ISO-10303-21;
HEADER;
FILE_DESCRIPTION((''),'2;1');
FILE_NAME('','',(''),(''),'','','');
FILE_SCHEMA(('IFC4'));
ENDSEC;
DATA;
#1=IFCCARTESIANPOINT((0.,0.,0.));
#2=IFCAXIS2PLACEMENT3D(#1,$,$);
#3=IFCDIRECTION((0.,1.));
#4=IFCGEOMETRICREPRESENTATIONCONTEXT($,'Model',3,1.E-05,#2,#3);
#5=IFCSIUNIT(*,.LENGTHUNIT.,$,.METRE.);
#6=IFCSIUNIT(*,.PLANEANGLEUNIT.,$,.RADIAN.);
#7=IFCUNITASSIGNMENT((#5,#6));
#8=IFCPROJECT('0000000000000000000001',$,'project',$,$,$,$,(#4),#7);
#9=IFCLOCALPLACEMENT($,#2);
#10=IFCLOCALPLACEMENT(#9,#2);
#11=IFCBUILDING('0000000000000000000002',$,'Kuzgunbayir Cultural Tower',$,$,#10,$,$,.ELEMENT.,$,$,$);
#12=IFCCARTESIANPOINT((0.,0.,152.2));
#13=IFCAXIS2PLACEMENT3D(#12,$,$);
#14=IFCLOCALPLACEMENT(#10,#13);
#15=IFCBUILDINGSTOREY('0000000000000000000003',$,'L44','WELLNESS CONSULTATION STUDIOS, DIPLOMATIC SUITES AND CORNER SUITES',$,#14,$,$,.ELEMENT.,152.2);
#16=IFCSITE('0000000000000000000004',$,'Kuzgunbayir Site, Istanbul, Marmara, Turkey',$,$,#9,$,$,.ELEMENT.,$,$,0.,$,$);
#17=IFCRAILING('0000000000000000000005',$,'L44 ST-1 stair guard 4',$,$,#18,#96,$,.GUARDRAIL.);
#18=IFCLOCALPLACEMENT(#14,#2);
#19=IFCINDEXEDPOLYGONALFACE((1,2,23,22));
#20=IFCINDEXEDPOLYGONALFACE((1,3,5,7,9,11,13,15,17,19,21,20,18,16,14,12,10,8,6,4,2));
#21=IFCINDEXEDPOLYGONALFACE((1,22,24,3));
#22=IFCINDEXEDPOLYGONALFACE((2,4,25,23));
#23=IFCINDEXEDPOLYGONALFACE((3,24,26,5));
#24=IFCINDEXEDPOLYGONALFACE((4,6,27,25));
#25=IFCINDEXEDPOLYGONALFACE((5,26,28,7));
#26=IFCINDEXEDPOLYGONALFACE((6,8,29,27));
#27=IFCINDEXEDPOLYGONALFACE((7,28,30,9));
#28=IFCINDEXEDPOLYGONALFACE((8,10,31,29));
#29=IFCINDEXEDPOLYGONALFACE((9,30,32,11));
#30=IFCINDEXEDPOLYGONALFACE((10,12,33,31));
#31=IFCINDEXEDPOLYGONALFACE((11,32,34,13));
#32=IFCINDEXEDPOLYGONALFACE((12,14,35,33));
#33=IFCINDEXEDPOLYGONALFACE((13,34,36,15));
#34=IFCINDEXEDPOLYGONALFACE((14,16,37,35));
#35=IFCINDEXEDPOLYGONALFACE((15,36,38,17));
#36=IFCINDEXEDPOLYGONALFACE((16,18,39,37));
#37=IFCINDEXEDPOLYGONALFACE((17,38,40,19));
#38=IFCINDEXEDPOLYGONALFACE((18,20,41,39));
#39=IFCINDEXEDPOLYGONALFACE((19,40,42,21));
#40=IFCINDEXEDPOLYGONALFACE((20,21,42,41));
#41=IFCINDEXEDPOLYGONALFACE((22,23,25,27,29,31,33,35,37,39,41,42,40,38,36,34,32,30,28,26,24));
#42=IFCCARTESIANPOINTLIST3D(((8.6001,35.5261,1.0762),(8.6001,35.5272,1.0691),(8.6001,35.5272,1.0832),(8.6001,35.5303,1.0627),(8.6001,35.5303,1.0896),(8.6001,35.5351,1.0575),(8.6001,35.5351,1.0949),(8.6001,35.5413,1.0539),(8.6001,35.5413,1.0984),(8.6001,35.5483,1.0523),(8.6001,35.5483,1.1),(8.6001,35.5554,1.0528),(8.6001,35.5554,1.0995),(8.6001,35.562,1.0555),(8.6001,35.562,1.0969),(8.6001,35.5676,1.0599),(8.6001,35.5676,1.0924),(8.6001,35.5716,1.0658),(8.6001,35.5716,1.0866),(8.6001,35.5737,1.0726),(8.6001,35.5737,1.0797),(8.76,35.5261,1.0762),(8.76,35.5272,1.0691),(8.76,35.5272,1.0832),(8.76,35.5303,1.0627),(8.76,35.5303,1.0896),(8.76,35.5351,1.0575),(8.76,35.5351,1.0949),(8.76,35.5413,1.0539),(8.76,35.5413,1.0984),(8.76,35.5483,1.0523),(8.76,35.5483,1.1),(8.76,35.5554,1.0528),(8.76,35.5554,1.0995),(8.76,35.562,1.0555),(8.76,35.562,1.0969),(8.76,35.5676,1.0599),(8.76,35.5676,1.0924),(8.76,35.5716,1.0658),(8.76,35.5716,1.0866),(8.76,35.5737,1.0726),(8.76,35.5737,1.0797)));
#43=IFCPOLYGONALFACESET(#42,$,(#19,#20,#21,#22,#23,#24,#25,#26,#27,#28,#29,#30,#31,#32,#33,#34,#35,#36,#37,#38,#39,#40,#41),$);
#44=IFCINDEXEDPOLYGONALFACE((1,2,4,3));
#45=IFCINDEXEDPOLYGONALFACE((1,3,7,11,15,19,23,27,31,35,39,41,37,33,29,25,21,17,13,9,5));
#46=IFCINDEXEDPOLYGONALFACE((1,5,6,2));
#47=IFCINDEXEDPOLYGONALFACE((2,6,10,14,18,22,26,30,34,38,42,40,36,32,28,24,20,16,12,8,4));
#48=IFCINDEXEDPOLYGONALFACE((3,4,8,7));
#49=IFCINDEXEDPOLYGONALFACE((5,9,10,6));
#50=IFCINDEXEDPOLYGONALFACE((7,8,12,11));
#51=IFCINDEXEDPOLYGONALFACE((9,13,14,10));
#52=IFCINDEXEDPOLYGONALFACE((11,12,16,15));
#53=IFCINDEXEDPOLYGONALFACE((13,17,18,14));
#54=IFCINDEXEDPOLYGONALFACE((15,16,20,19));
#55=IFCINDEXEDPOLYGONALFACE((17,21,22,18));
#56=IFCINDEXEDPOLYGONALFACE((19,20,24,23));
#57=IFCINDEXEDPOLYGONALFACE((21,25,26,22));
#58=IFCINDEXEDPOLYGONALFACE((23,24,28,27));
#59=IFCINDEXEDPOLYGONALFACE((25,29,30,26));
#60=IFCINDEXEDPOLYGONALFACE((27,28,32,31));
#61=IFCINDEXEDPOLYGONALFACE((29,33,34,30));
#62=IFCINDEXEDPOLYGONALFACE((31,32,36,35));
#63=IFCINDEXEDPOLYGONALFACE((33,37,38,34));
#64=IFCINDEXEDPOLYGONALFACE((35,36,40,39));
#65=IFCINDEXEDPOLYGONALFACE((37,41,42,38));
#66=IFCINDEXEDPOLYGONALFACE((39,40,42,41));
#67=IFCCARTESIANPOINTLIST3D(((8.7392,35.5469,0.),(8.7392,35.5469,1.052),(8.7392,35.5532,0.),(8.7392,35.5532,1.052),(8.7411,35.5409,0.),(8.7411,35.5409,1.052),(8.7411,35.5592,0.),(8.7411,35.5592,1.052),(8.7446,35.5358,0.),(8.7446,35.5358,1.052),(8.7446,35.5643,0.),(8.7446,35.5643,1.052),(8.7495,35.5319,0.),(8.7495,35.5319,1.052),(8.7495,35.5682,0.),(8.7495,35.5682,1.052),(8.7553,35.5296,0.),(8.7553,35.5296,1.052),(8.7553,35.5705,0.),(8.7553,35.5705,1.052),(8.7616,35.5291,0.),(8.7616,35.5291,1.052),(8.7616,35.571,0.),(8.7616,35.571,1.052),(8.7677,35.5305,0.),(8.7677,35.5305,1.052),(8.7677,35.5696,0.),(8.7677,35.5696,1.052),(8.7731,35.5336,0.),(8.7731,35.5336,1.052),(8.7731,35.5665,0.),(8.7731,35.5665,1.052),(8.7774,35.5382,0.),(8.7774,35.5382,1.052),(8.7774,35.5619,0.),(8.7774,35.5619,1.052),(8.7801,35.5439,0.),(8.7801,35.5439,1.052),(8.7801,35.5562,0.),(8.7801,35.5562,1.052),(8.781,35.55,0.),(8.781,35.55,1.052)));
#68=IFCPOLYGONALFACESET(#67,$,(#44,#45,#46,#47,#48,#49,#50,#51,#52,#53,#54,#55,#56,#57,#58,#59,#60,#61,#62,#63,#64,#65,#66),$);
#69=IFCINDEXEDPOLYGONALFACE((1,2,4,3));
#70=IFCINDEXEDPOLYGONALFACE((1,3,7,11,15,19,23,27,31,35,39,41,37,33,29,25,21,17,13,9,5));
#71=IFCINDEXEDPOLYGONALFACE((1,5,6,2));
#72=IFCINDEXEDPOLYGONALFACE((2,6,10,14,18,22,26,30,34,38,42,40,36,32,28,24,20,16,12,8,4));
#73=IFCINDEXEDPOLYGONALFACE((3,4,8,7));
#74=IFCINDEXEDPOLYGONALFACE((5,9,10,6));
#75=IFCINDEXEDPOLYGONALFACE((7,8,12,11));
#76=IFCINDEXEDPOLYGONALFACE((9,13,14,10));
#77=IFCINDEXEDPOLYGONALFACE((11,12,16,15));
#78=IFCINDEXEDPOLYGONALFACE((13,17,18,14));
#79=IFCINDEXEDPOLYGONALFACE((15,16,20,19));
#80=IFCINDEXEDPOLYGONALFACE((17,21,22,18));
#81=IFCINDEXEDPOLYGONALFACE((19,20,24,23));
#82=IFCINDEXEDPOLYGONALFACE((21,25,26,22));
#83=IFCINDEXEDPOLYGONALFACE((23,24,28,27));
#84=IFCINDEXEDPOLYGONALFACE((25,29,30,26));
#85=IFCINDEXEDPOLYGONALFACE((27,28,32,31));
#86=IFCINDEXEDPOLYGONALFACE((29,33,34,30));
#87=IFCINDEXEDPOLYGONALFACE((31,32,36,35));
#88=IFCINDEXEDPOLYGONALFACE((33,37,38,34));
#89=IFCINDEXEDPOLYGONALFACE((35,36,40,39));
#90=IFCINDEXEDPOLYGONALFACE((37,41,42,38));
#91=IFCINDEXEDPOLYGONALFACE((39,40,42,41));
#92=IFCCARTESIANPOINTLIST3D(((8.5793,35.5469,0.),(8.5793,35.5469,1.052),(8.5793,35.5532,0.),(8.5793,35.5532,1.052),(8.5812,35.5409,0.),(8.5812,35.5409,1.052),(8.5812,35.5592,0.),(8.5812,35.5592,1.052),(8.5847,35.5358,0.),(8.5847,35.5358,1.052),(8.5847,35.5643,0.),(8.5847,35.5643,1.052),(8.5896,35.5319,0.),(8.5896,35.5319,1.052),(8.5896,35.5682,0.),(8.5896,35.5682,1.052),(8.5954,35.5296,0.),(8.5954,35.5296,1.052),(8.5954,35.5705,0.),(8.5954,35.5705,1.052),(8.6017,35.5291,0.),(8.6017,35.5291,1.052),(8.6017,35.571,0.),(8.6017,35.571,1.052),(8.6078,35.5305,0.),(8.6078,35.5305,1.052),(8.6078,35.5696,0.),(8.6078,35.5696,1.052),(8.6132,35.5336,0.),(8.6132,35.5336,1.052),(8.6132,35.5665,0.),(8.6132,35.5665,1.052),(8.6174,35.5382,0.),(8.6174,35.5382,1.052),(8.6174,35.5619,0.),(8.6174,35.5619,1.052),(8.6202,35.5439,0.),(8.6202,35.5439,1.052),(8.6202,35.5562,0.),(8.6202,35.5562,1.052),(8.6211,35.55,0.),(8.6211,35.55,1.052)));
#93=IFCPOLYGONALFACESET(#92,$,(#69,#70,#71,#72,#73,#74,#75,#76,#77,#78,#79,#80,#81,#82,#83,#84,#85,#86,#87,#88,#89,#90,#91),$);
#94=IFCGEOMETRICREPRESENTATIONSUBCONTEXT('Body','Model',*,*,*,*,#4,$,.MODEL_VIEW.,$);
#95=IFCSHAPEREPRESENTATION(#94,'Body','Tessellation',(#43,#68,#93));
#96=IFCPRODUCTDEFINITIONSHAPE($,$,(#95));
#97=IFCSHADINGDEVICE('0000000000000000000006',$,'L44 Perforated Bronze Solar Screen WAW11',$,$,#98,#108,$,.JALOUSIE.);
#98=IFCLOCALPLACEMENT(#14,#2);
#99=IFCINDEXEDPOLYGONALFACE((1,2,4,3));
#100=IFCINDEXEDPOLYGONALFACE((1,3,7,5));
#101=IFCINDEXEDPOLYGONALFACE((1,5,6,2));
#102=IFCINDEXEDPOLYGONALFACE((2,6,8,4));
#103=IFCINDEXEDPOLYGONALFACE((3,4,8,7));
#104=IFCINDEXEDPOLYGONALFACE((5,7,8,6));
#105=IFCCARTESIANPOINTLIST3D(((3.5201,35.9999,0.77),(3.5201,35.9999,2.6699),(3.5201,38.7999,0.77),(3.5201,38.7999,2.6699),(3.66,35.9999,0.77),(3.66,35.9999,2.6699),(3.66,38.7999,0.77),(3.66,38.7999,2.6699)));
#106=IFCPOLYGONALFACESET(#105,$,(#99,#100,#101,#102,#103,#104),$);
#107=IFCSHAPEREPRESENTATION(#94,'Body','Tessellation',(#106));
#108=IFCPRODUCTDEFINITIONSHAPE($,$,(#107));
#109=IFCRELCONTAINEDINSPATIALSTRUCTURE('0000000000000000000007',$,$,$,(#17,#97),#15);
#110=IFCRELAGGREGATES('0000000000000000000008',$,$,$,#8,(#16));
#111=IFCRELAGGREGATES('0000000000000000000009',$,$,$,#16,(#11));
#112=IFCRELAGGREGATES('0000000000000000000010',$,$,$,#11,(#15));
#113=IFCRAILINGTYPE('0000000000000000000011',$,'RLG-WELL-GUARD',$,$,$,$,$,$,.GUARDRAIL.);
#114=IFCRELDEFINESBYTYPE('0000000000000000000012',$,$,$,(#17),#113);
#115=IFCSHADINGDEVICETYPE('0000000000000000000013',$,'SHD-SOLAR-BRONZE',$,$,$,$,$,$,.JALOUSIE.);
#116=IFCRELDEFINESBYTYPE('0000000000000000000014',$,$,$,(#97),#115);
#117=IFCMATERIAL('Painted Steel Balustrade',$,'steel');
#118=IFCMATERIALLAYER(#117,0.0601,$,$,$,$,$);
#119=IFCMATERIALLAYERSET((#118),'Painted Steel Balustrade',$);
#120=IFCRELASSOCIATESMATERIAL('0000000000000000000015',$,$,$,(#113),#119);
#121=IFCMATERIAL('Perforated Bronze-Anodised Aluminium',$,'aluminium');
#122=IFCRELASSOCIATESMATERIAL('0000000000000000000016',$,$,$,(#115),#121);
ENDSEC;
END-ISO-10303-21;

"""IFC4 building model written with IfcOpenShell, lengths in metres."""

from ifc_helpers import new_model, si_unit, direction, frame, origin, origin_2d, place, context, subcontext, project, spatial, rectangle, circle, extrude, material, layer, layer_set, type_object, element, save


model = new_model("IFC4")

# Units and contexts
model_context = context("Model", 3, precision=1e-05, world=origin(), true_north=direction((0.0, 1.0)))
body_context = subcontext(model_context, "Body", "Model", "MODEL_VIEW")
ifc_project = project(units=[si_unit("LENGTHUNIT", "METRE"), si_unit("PLANEANGLEUNIT", "RADIAN")], contexts=[model_context])

# Site, building, storey
site_placement = place(None, origin())
site = spatial("IfcSite", under=ifc_project, at=site_placement, Name="Kuzgunbayir Site, Istanbul, Marmara, Turkey", CompositionType="ELEMENT", RefElevation=0.0)
building_placement = place(site_placement, origin())
building = spatial("IfcBuilding", under=site, at=building_placement, Name="Kuzgunbayir Cultural Tower", CompositionType="ELEMENT")
storey_placement = place(building_placement, frame((0.0, 0.0, 152.2)))
storey = spatial("IfcBuildingStorey", under=building, at=storey_placement, Name="L44", Description="WELLNESS CONSULTATION STUDIOS, DIPLOMATIC SUITES AND CORNER SUITES", CompositionType="ELEMENT", Elevation=152.2)

# Railing
ifc_material_1 = material(Name="Painted Steel Balustrade", Category="steel")
ifc_layer_1 = layer(ifc_material_1, 0.0601)
ifc_layer_set_1 = layer_set([ifc_layer_1], Name="Painted Steel Balustrade")
railing_type_1 = type_object("IfcRailingType", Name="RLG-WELL-GUARD", PredefinedType="GUARDRAIL", material=ifc_layer_set_1)
railing_1_placement = place(storey_placement, frame((8.76, 35.55, 0.0)))
element("IfcRailing", 1, at=railing_1_placement, inside=storey, type_object=railing_type_1, Name="L44 ST-1 stair guard 4", PredefinedType="GUARDRAIL", context=body_context, shape_type="SweptSolid", body=[
    extrude(circle(Radius=0.0239, at=origin_2d()), frame((0.0, 0.0, 1.0762), z_axis=(-1.0, 0.0, 0.0), x_axis=(0.0, -1.0, 0.0)), (0.0, 0.0, 1.0), 0.1599),
    extrude(circle(Radius=0.021, at=origin_2d()), origin(), (0.0, 0.0, 1.0), 1.052),
    extrude(circle(Radius=0.021, at=origin_2d()), frame((-0.1599, 0.0, 0.0)), (0.0, 0.0, 1.0), 1.052),
])

# Shading device
ifc_material_2 = material(Name="Perforated Bronze-Anodised Aluminium", Category="aluminium")
shading_device_type = type_object("IfcShadingDeviceType", Name="SHD-SOLAR-BRONZE", PredefinedType="JALOUSIE", material=ifc_material_2)
shading_device_placement = place(storey_placement, frame((3.5901, 37.3999, 0.77), z_axis=(0.0, 0.0, 1.0), x_axis=(1.0, 0.0, 0.0)))
element("IfcShadingDevice", 2, at=shading_device_placement, inside=storey, type_object=shading_device_type, Name="L44 Perforated Bronze Solar Screen WAW11", PredefinedType="JALOUSIE", context=body_context, shape_type="SweptSolid", body=[
    extrude(rectangle(XDim=0.1399, YDim=2.8, at=origin_2d()), origin(), (0.0, 0.0, 1.0), 1.8999),
])

save(model, "model.ifc")
